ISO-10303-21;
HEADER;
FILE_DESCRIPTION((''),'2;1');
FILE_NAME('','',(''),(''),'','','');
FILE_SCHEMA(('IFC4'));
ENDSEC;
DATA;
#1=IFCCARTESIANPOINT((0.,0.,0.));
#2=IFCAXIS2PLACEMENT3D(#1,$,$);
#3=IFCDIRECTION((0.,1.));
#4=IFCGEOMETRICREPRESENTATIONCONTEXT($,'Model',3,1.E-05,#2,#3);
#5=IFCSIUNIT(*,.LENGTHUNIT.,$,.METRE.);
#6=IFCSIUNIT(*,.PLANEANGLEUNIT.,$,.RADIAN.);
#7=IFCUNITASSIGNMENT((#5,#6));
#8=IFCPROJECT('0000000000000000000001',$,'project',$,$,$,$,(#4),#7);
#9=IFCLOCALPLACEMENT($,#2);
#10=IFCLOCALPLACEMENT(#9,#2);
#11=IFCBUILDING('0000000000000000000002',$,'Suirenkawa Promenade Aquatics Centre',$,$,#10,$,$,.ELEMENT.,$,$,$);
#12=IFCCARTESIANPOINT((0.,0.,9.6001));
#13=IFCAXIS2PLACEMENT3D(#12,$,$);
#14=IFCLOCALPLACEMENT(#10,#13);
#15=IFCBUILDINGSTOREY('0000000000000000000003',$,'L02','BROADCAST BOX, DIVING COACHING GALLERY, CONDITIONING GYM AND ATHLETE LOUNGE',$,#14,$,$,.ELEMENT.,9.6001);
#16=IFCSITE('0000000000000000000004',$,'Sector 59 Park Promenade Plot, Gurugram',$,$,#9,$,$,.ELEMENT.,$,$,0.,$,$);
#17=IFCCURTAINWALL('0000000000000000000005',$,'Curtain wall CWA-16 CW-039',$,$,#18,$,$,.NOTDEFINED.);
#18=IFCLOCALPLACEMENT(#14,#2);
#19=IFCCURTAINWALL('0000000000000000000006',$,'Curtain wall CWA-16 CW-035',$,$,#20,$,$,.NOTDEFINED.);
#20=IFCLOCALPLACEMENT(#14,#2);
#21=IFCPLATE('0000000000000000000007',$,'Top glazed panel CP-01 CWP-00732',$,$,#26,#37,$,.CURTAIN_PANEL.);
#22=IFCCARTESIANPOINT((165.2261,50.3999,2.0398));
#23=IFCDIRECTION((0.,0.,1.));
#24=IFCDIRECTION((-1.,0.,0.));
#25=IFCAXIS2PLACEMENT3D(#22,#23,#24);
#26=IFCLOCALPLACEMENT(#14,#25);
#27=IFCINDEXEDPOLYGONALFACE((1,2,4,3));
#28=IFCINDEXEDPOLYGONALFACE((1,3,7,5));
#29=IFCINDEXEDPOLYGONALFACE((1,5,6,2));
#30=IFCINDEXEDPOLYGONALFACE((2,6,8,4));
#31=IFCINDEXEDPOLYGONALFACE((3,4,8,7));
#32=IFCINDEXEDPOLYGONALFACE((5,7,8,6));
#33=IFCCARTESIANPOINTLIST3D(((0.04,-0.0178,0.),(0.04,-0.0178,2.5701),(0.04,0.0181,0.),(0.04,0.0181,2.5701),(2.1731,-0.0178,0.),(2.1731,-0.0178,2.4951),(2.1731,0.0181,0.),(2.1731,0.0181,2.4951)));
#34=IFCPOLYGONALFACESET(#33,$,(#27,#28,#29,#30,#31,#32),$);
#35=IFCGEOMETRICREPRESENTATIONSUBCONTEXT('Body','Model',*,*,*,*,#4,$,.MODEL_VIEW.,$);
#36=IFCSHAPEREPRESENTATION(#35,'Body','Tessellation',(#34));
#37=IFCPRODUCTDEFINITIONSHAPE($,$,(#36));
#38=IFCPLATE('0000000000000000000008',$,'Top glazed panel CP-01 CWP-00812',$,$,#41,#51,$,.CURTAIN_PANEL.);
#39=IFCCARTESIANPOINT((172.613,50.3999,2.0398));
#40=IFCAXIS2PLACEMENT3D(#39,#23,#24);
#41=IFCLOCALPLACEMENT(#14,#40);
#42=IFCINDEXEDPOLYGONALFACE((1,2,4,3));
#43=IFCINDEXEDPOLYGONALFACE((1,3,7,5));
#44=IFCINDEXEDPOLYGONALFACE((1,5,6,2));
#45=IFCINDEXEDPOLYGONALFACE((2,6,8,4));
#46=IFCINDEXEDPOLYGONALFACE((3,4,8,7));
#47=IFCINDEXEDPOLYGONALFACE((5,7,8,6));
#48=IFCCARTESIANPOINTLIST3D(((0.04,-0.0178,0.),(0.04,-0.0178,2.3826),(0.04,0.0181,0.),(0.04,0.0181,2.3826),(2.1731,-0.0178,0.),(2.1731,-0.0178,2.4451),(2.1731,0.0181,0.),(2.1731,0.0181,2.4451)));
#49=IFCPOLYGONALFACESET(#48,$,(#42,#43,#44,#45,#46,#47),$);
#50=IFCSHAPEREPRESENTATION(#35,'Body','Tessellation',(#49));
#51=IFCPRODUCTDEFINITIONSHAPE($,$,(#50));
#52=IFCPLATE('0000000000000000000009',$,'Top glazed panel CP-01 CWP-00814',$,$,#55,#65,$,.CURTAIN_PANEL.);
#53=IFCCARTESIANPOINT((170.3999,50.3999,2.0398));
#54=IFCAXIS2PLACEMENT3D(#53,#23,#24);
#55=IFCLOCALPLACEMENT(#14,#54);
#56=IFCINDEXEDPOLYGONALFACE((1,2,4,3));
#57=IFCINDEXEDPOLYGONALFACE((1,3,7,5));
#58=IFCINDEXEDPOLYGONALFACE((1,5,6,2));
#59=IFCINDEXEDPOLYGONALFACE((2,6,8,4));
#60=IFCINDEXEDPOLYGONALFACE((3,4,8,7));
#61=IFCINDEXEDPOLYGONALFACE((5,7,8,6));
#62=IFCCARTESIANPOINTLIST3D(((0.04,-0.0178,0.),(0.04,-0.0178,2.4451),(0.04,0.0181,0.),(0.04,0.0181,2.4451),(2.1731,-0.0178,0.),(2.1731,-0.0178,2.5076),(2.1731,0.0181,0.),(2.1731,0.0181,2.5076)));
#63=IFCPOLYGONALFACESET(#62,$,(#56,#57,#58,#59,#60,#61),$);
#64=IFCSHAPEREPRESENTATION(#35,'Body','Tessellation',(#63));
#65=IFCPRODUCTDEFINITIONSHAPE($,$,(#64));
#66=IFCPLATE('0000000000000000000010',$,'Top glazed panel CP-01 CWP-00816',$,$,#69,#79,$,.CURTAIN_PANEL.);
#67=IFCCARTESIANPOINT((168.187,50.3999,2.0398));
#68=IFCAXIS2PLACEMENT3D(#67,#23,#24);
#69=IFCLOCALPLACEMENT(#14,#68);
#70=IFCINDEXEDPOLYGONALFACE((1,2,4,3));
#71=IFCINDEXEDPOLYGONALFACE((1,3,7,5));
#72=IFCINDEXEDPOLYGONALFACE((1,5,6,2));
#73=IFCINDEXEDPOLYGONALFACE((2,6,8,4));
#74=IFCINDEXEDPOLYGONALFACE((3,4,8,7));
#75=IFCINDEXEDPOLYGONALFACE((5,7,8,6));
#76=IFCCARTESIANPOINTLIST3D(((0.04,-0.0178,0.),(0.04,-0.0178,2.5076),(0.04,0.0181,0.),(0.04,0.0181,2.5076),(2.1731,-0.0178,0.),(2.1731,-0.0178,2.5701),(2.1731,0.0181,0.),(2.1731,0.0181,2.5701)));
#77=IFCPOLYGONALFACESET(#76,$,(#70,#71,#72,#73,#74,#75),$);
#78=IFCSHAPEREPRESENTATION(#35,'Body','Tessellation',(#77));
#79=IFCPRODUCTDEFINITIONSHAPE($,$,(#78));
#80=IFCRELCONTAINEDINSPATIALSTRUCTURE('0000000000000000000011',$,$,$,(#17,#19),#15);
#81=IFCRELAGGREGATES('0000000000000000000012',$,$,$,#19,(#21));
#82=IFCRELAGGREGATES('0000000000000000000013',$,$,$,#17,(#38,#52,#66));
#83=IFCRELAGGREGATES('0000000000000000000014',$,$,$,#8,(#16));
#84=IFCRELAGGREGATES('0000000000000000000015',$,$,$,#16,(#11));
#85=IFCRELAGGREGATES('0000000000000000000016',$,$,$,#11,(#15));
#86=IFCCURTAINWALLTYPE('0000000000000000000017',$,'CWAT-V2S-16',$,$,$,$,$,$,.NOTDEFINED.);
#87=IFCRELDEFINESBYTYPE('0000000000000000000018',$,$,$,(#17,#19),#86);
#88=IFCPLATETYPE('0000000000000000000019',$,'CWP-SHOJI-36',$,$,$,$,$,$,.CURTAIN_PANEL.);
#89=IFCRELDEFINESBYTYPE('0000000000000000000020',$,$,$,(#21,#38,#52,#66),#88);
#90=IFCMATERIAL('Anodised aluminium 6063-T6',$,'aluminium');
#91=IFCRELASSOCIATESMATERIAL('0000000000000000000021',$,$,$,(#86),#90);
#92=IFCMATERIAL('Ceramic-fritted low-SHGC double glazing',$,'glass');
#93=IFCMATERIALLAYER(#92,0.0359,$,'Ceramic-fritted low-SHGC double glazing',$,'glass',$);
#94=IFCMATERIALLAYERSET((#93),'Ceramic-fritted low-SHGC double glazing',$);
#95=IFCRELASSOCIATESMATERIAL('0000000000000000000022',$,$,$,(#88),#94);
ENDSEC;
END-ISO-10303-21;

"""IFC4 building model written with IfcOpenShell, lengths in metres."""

from ifc_helpers import new_model, si_unit, direction, frame, origin, place, context, subcontext, project, spatial, polyline, outline, extrude, material, layer, layer_set, type_object, element, aggregate, save


model = new_model("IFC4")

# Units and contexts
model_context = context("Model", 3, precision=1e-05, world=origin(), true_north=direction((0.0, 1.0)))
body_context = subcontext(model_context, "Body", "Model", "MODEL_VIEW")
ifc_project = project(units=[si_unit("LENGTHUNIT", "METRE"), si_unit("PLANEANGLEUNIT", "RADIAN")], contexts=[model_context])

# Site, building, storey
site_placement = place(None, origin())
site = spatial("IfcSite", under=ifc_project, at=site_placement, Name="Sector 59 Park Promenade Plot, Gurugram", CompositionType="ELEMENT", RefElevation=0.0)
building_placement = place(site_placement, origin())
building = spatial("IfcBuilding", under=site, at=building_placement, Name="Suirenkawa Promenade Aquatics Centre", CompositionType="ELEMENT")
storey_placement = place(building_placement, frame((0.0, 0.0, 9.6001)))
storey = spatial("IfcBuildingStorey", under=building, at=storey_placement, Name="L02", Description="BROADCAST BOX, DIVING COACHING GALLERY, CONDITIONING GYM AND ATHLETE LOUNGE", CompositionType="ELEMENT", Elevation=9.6001)

# Curtain wall
ifc_material_1 = material(Name="Anodised aluminium 6063-T6", Category="aluminium")
curtain_wall_type = type_object("IfcCurtainWallType", Name="CWAT-V2S-16", PredefinedType="NOTDEFINED", material=ifc_material_1)
curtain_wall_1_placement = place(storey_placement, origin())
curtain_wall_1 = element("IfcCurtainWall", 1, at=curtain_wall_1_placement, inside=storey, type_object=curtain_wall_type, Name="Curtain wall CWA-16 CW-039", PredefinedType="NOTDEFINED")

# Curtain wall
curtain_wall_2_placement = place(storey_placement, origin())
curtain_wall_2 = element("IfcCurtainWall", 2, at=curtain_wall_2_placement, inside=storey, type_object=curtain_wall_type, Name="Curtain wall CWA-16 CW-035", PredefinedType="NOTDEFINED")

# Plates
ifc_material_2 = material(Name="Ceramic-fritted low-SHGC double glazing", Category="glass")
ifc_layer_1 = layer(ifc_material_2, 0.0359, Name="Ceramic-fritted low-SHGC double glazing", Category="glass")
ifc_layer_set_1 = layer_set([ifc_layer_1], Name="Ceramic-fritted low-SHGC double glazing")
plate_type_1 = type_object("IfcPlateType", Name="CWP-SHOJI-36", PredefinedType="CURTAIN_PANEL", material=ifc_layer_set_1)
plate_1_placement = place(storey_placement, frame((165.2261, 50.3999, 2.0398), z_axis=(0.0, 0.0, 1.0), x_axis=(-1.0, 0.0, 0.0)))
plate_1 = element("IfcPlate", 3, at=plate_1_placement, type_object=plate_type_1, Name="Top glazed panel CP-01 CWP-00732", PredefinedType="CURTAIN_PANEL", context=body_context, shape_type="SweptSolid", body=[
    extrude(outline(polyline([(0.04, 0.0), (2.1731, 0.0), (2.1731, 2.4951), (0.04, 2.5701), (0.04, 0.0)])), frame((0.0, 0.0181, 0.0), z_axis=(0.0, -1.0, 0.0), x_axis=(1.0, 0.0, 0.0)), (0.0, 0.0, 1.0), 0.0359),
])
aggregate(curtain_wall_2, [plate_1])
plate_2_placement = place(storey_placement, frame((172.613, 50.3999, 2.0398), z_axis=(0.0, 0.0, 1.0), x_axis=(-1.0, 0.0, 0.0)))
plate_2 = element("IfcPlate", 4, at=plate_2_placement, type_object=plate_type_1, Name="Top glazed panel CP-01 CWP-00812", PredefinedType="CURTAIN_PANEL", context=body_context, shape_type="SweptSolid", body=[
    extrude(outline(polyline([(0.04, 0.0), (2.1731, 0.0), (2.1731, 2.4451), (0.04, 2.3826), (0.04, 0.0)])), frame((0.0, 0.0181, 0.0), z_axis=(0.0, -1.0, 0.0), x_axis=(1.0, 0.0, 0.0)), (0.0, 0.0, 1.0), 0.0359),
])
plate_3_placement = place(storey_placement, frame((170.3999, 50.3999, 2.0398), z_axis=(0.0, 0.0, 1.0), x_axis=(-1.0, 0.0, 0.0)))
plate_3 = element("IfcPlate", 5, at=plate_3_placement, type_object=plate_type_1, Name="Top glazed panel CP-01 CWP-00814", PredefinedType="CURTAIN_PANEL", context=body_context, shape_type="SweptSolid", body=[
    extrude(outline(polyline([(0.04, 0.0), (2.1731, 0.0), (2.1731, 2.5076), (0.04, 2.4451), (0.04, 0.0)])), frame((0.0, 0.0181, 0.0), z_axis=(0.0, -1.0, 0.0), x_axis=(1.0, 0.0, 0.0)), (0.0, 0.0, 1.0), 0.0359),
])
plate_4_placement = place(storey_placement, frame((168.187, 50.3999, 2.0398), z_axis=(0.0, 0.0, 1.0), x_axis=(-1.0, 0.0, 0.0)))
plate_4 = element("IfcPlate", 6, at=plate_4_placement, type_object=plate_type_1, Name="Top glazed panel CP-01 CWP-00816", PredefinedType="CURTAIN_PANEL", context=body_context, shape_type="SweptSolid", body=[
    extrude(outline(polyline([(0.04, 0.0), (2.1731, 0.0), (2.1731, 2.5701), (0.04, 2.5076), (0.04, 0.0)])), frame((0.0, 0.0181, 0.0), z_axis=(0.0, -1.0, 0.0), x_axis=(1.0, 0.0, 0.0)), (0.0, 0.0, 1.0), 0.0359),
])
aggregate(curtain_wall_1, [plate_2, plate_3, plate_4])

save(model, "model.ifc")
